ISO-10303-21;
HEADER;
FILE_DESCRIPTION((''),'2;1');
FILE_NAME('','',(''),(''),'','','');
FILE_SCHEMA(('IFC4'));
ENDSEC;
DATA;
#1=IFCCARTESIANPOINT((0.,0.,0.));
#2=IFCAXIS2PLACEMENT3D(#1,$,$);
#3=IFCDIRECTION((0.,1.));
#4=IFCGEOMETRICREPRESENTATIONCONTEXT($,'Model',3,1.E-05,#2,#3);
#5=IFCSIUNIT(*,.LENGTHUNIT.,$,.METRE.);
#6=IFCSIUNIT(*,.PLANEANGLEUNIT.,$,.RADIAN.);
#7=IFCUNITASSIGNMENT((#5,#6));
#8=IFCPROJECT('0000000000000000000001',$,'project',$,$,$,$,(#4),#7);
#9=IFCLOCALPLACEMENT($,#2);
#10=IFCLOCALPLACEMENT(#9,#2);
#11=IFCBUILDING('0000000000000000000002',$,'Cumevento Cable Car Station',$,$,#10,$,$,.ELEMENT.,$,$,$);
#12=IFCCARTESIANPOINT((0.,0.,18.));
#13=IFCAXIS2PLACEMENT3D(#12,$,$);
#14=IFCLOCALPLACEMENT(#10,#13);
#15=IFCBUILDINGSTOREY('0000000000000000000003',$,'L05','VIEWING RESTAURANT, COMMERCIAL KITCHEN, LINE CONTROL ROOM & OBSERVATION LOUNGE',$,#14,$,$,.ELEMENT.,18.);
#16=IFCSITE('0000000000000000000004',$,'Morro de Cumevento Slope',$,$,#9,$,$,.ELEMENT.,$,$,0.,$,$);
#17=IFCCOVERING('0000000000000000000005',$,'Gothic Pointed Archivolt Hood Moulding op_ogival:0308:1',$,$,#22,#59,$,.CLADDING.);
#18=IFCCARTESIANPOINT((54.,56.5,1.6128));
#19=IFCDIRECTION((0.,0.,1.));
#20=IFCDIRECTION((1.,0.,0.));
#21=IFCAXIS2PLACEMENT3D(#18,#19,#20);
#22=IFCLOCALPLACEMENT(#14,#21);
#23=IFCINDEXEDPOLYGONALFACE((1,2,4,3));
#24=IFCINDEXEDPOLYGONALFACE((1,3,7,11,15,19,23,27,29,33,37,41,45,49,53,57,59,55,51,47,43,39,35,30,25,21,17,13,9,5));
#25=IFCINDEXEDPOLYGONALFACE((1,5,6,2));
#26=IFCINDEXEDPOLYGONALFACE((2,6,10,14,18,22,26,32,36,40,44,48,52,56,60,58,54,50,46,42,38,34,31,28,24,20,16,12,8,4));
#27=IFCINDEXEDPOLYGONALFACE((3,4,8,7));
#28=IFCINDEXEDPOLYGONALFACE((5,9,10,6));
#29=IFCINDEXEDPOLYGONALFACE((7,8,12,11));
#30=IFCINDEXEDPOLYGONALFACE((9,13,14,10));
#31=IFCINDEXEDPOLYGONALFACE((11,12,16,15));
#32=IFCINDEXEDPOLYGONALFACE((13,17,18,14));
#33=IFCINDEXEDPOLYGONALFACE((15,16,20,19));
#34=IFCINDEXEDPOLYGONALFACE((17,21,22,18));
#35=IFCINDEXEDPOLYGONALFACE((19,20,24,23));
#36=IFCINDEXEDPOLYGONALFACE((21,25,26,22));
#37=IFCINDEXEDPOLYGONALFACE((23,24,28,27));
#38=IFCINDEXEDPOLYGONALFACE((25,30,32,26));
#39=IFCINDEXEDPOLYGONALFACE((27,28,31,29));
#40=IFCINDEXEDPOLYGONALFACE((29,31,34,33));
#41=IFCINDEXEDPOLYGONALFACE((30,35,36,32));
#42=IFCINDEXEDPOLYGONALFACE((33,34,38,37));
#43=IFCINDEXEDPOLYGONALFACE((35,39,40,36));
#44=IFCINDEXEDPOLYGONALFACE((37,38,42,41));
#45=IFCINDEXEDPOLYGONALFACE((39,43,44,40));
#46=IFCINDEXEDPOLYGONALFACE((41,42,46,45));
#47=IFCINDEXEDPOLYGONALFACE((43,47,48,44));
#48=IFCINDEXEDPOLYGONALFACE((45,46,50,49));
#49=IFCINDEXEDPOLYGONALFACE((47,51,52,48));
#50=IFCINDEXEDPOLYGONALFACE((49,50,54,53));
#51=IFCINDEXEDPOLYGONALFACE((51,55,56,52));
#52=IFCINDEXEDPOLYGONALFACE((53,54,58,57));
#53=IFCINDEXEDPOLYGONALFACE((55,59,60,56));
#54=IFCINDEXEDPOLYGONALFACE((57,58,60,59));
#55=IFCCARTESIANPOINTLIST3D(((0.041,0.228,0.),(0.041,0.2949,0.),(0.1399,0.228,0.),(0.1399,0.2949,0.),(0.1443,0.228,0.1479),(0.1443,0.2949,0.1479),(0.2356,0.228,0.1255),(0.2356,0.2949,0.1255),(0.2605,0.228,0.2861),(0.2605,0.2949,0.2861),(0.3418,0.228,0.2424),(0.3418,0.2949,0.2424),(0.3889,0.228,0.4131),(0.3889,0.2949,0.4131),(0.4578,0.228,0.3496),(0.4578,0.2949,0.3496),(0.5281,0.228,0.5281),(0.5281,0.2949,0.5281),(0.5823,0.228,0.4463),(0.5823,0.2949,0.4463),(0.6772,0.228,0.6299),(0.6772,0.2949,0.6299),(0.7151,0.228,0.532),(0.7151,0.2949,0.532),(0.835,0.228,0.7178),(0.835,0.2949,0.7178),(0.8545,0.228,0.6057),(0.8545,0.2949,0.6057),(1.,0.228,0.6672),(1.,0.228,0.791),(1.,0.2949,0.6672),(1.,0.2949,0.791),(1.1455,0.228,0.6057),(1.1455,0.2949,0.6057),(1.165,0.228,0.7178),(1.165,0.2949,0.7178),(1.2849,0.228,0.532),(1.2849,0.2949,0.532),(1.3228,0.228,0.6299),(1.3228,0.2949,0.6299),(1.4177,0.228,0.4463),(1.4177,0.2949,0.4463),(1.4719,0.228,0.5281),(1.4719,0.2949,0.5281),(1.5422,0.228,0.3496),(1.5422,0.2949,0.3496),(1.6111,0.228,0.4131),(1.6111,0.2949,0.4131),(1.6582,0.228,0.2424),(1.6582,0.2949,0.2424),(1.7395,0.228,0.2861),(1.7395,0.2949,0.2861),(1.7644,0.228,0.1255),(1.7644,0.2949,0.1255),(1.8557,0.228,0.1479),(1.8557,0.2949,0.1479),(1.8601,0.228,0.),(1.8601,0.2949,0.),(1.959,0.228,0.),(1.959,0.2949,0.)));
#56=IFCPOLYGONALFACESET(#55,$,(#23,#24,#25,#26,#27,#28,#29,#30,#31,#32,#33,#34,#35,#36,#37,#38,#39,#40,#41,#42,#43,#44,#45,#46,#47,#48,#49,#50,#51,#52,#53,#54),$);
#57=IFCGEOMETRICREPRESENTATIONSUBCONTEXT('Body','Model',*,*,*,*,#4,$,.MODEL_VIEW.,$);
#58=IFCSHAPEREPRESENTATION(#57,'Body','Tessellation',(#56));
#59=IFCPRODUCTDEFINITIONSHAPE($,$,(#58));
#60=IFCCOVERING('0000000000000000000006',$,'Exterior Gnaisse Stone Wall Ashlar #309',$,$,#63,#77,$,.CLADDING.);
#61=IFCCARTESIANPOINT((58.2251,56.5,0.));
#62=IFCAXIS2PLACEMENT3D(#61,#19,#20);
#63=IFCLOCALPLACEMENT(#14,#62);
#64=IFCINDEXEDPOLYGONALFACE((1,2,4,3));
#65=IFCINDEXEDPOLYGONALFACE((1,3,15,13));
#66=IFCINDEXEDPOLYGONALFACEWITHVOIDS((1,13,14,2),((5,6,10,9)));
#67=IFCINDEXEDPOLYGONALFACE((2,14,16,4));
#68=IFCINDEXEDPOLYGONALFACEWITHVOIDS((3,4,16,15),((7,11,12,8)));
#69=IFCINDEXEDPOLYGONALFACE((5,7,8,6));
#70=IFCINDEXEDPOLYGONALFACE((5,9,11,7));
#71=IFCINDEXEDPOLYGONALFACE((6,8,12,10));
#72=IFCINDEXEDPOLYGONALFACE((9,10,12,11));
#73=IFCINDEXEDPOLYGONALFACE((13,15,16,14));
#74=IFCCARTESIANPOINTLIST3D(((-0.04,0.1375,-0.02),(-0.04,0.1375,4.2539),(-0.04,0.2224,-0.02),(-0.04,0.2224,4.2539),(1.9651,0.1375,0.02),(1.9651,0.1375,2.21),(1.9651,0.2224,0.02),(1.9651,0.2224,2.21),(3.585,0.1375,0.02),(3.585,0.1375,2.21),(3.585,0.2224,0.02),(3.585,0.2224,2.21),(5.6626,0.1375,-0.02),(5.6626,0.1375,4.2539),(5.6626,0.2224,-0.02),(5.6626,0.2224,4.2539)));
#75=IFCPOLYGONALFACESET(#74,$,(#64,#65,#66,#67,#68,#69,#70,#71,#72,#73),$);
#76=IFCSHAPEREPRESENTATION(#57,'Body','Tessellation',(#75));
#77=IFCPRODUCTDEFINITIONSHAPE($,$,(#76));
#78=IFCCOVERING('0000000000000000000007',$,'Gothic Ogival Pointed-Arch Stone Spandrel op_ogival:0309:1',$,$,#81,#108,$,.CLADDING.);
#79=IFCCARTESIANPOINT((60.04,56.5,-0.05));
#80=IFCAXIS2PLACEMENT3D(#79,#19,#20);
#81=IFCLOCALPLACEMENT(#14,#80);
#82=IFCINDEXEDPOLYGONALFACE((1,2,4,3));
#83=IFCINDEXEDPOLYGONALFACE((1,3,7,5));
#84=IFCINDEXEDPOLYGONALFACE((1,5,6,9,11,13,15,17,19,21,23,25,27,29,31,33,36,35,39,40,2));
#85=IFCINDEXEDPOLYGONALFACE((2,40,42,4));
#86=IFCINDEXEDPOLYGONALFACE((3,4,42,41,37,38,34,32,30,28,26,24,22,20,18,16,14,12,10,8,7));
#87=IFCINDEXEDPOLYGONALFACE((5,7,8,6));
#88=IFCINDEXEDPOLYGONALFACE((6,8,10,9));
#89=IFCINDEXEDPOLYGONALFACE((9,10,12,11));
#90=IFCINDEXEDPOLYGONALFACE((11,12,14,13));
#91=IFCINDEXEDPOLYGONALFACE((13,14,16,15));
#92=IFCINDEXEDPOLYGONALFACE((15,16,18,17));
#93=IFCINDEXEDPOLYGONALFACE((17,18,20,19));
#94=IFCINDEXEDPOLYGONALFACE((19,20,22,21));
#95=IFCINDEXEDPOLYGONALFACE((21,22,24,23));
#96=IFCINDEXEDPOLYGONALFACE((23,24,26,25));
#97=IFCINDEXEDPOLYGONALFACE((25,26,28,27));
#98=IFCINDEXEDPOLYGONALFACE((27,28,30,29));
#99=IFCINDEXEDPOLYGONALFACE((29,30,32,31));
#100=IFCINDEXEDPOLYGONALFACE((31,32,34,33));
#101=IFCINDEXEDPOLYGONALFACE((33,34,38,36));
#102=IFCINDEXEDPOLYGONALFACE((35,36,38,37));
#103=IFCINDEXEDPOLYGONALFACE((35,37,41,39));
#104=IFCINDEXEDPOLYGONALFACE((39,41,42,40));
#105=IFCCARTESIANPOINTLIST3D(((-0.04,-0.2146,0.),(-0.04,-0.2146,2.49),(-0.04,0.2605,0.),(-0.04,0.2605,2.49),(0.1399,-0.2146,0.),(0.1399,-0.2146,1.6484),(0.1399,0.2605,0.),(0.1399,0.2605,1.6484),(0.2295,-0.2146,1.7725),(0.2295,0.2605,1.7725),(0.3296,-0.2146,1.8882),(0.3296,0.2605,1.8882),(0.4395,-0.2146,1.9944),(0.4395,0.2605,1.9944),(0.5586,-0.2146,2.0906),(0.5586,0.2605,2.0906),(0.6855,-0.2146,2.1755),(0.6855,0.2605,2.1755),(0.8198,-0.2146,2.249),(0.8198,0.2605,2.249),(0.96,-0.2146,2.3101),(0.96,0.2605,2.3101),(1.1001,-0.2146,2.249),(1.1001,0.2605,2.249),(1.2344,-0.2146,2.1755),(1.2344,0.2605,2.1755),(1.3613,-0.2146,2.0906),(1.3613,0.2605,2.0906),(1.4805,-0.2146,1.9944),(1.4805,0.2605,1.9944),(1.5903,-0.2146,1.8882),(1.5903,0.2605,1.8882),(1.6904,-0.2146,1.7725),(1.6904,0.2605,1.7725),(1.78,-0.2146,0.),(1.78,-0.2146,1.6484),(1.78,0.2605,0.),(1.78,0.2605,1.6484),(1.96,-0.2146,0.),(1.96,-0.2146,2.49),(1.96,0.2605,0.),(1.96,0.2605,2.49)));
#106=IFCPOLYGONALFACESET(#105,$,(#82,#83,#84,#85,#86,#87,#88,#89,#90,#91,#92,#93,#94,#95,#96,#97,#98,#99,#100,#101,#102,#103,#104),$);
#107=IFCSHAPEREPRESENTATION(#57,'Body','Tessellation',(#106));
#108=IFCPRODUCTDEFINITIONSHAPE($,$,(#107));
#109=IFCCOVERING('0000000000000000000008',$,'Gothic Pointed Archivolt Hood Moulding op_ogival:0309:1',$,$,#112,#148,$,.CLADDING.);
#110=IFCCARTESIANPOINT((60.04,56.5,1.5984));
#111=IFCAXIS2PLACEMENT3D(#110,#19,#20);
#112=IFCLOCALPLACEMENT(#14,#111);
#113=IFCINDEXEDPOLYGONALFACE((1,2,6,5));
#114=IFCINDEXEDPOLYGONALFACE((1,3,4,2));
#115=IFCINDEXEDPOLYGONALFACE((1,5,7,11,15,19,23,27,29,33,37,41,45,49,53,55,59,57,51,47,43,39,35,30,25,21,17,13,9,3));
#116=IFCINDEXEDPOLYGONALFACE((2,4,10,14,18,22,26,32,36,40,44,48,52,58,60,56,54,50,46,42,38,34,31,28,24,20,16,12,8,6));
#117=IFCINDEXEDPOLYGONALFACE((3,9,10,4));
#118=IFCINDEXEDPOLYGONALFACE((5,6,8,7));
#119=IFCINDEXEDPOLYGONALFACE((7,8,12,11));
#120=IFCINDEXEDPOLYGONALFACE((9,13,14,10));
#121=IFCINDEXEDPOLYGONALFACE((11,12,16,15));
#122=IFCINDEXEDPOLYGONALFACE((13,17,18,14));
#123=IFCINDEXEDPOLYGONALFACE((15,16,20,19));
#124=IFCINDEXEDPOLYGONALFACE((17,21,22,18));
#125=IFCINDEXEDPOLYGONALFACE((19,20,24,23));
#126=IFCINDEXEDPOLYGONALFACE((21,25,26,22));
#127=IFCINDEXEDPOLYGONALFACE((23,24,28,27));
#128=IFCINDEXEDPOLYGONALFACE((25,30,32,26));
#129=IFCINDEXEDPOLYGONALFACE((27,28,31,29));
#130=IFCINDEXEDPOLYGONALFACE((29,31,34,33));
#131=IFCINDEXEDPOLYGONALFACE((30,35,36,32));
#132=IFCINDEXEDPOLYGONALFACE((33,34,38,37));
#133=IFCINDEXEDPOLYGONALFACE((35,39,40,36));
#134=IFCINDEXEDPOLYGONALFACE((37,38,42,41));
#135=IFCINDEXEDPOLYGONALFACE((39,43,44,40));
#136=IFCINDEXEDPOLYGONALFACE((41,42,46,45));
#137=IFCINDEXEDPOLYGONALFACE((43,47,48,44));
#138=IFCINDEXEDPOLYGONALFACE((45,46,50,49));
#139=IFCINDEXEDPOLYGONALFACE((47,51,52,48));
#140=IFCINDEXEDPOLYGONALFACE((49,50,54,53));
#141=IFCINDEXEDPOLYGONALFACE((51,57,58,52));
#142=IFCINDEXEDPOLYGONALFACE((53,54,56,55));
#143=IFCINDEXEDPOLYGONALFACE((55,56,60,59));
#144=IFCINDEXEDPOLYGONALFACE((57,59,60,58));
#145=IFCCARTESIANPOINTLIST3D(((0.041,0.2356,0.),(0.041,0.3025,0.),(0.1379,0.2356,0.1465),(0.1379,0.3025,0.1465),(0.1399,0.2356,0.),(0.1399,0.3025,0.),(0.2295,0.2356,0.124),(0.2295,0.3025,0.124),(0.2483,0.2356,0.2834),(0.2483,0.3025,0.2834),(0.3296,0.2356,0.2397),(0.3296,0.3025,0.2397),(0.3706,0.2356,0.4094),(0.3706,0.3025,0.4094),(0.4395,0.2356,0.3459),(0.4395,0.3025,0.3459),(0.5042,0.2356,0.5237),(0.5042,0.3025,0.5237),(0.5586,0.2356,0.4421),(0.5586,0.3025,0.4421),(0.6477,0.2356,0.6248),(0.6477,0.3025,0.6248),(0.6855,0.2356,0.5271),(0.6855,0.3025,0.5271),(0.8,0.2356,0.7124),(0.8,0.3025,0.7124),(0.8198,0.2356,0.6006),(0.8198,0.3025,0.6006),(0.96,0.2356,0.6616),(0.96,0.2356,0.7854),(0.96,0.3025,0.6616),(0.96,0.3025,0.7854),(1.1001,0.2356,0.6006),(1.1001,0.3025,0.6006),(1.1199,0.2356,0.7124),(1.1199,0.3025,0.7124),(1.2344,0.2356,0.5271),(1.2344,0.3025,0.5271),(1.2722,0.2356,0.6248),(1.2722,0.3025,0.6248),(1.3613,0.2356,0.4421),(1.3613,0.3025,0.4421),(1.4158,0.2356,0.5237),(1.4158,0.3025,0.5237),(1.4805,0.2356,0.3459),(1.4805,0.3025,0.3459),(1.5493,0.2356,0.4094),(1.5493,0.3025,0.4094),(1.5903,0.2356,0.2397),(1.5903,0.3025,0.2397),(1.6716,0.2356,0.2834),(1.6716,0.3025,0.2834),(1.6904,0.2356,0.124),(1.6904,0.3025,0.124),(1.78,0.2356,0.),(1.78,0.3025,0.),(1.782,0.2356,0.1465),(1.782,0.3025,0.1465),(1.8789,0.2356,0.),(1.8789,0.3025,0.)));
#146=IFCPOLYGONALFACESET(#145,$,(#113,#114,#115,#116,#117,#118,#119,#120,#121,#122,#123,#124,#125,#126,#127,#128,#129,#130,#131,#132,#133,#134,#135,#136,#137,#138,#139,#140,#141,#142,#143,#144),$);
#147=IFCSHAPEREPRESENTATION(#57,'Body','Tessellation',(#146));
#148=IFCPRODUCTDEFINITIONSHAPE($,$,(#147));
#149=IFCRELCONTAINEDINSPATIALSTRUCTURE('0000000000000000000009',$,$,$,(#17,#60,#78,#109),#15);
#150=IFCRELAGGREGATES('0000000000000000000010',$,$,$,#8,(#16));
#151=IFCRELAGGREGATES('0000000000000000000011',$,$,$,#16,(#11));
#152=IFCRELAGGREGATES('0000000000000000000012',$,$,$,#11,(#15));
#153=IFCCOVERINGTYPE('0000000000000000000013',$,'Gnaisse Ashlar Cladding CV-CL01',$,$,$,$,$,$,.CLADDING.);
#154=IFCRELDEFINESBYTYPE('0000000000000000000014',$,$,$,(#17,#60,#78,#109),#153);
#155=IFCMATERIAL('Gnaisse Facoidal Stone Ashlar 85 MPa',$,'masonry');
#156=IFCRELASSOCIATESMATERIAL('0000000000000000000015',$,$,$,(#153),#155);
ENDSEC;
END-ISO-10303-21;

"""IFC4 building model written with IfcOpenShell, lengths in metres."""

from ifc_helpers import new_model, si_unit, direction, frame, origin, place, context, subcontext, project, spatial, polyline, outline, extrude, material, type_object, element, save


model = new_model("IFC4")

# Units and contexts
model_context = context("Model", 3, precision=1e-05, world=origin(), true_north=direction((0.0, 1.0)))
body_context = subcontext(model_context, "Body", "Model", "MODEL_VIEW")
ifc_project = project(units=[si_unit("LENGTHUNIT", "METRE"), si_unit("PLANEANGLEUNIT", "RADIAN")], contexts=[model_context])

# Site, building, storey
site_placement = place(None, origin())
site = spatial("IfcSite", under=ifc_project, at=site_placement, Name="Morro de Cumevento Slope", CompositionType="ELEMENT", RefElevation=0.0)
building_placement = place(site_placement, origin())
building = spatial("IfcBuilding", under=site, at=building_placement, Name="Cumevento Cable Car Station", CompositionType="ELEMENT")
storey_placement = place(building_placement, frame((0.0, 0.0, 18.0)))
storey = spatial("IfcBuildingStorey", under=building, at=storey_placement, Name="L05", Description="VIEWING RESTAURANT, COMMERCIAL KITCHEN, LINE CONTROL ROOM & OBSERVATION LOUNGE", CompositionType="ELEMENT", Elevation=18.0)

# Coverings
ifc_material_1 = material(Name="Gnaisse Facoidal Stone Ashlar 85 MPa", Category="masonry")
covering_type = type_object("IfcCoveringType", Name="Gnaisse Ashlar Cladding CV-CL01", PredefinedType="CLADDING", material=ifc_material_1)
covering_1_placement = place(storey_placement, frame((54.0, 56.5, 1.6128), z_axis=(0.0, 0.0, 1.0), x_axis=(1.0, 0.0, 0.0)))
element("IfcCovering", 1, at=covering_1_placement, inside=storey, type_object=covering_type, Name="Gothic Pointed Archivolt Hood Moulding op_ogival:0308:1", PredefinedType="CLADDING", context=body_context, shape_type="SweptSolid", body=[
    extrude(outline(polyline([(0.1399, 0.0), (0.2356, 0.1255), (0.3418, 0.2424), (0.4578, 0.3496), (0.5823, 0.4463), (0.7151, 0.532), (0.8545, 0.6057), (1.0, 0.6672), (1.1455, 0.6057), (1.2849, 0.532), (1.4177, 0.4463), (1.5422, 0.3496), (1.6582, 0.2424), (1.7644, 0.1255), (1.8601, 0.0), (1.959, 0.0), (1.8557, 0.1479), (1.7395, 0.2861), (1.6111, 0.4131), (1.4719, 0.5281), (1.3228, 0.6299), (1.165, 0.7178), (1.0, 0.791), (0.835, 0.7178), (0.6772, 0.6299), (0.5281, 0.5281), (0.3889, 0.4131), (0.2605, 0.2861), (0.1443, 0.1479), (0.041, 0.0), (0.1399, 0.0)])), frame((0.0, 0.2949, 0.0), z_axis=(0.0, -1.0, 0.0), x_axis=(1.0, 0.0, 0.0)), (0.0, 0.0, 1.0), 0.0669),
])
covering_2_placement = place(storey_placement, frame((58.2251, 56.5, 0.0), z_axis=(0.0, 0.0, 1.0), x_axis=(1.0, 0.0, 0.0)))
element("IfcCovering", 2, at=covering_2_placement, inside=storey, type_object=covering_type, Name="Exterior Gnaisse Stone Wall Ashlar #309", PredefinedType="CLADDING", context=body_context, shape_type="SweptSolid", body=[
    extrude(outline(polyline([(-0.04, -0.02), (5.6626, -0.02), (5.6626, 4.2539), (-0.04, 4.2539), (-0.04, -0.02)]), holes=[polyline([(1.9651, 0.02), (3.585, 0.02), (3.585, 2.21), (1.9651, 2.21), (1.9651, 0.02)])]), frame((0.0, 0.2224, 0.0), z_axis=(0.0, -1.0, 0.0), x_axis=(1.0, 0.0, 0.0)), (0.0, 0.0, 1.0), 0.085),
])
covering_3_placement = place(storey_placement, frame((60.04, 56.5, -0.05), z_axis=(0.0, 0.0, 1.0), x_axis=(1.0, 0.0, 0.0)))
element("IfcCovering", 3, at=covering_3_placement, inside=storey, type_object=covering_type, Name="Gothic Ogival Pointed-Arch Stone Spandrel op_ogival:0309:1", PredefinedType="CLADDING", context=body_context, shape_type="SweptSolid", body=[
    extrude(outline(polyline([(-0.04, 0.0), (-0.04, 2.49), (1.96, 2.49), (1.96, 0.0), (1.78, 0.0), (1.78, 1.6484), (1.6904, 1.7725), (1.5903, 1.8882), (1.4805, 1.9944), (1.3613, 2.0906), (1.2344, 2.1755), (1.1001, 2.249), (0.96, 2.3101), (0.8198, 2.249), (0.6855, 2.1755), (0.5586, 2.0906), (0.4395, 1.9944), (0.3296, 1.8882), (0.2295, 1.7725), (0.1399, 1.6484), (0.1399, 0.0), (-0.04, 0.0)])), frame((0.0, 0.2605, 0.0), z_axis=(0.0, -1.0, 0.0), x_axis=(1.0, 0.0, 0.0)), (0.0, 0.0, 1.0), 0.4751),
])
covering_4_placement = place(storey_placement, frame((60.04, 56.5, 1.5984), z_axis=(0.0, 0.0, 1.0), x_axis=(1.0, 0.0, 0.0)))
element("IfcCovering", 4, at=covering_4_placement, inside=storey, type_object=covering_type, Name="Gothic Pointed Archivolt Hood Moulding op_ogival:0309:1", PredefinedType="CLADDING", context=body_context, shape_type="SweptSolid", body=[
    extrude(outline(polyline([(0.1399, 0.0), (0.2295, 0.124), (0.3296, 0.2397), (0.4395, 0.3459), (0.5586, 0.4421), (0.6855, 0.5271), (0.8198, 0.6006), (0.96, 0.6616), (1.1001, 0.6006), (1.2344, 0.5271), (1.3613, 0.4421), (1.4805, 0.3459), (1.5903, 0.2397), (1.6904, 0.124), (1.78, 0.0), (1.8789, 0.0), (1.782, 0.1465), (1.6716, 0.2834), (1.5493, 0.4094), (1.4158, 0.5237), (1.2722, 0.6248), (1.1199, 0.7124), (0.96, 0.7854), (0.8, 0.7124), (0.6477, 0.6248), (0.5042, 0.5237), (0.3706, 0.4094), (0.2483, 0.2834), (0.1379, 0.1465), (0.041, 0.0), (0.1399, 0.0)])), frame((0.0, 0.3025, 0.0), z_axis=(0.0, -1.0, 0.0), x_axis=(1.0, 0.0, 0.0)), (0.0, 0.0, 1.0), 0.0669),
])

save(model, "model.ifc")
